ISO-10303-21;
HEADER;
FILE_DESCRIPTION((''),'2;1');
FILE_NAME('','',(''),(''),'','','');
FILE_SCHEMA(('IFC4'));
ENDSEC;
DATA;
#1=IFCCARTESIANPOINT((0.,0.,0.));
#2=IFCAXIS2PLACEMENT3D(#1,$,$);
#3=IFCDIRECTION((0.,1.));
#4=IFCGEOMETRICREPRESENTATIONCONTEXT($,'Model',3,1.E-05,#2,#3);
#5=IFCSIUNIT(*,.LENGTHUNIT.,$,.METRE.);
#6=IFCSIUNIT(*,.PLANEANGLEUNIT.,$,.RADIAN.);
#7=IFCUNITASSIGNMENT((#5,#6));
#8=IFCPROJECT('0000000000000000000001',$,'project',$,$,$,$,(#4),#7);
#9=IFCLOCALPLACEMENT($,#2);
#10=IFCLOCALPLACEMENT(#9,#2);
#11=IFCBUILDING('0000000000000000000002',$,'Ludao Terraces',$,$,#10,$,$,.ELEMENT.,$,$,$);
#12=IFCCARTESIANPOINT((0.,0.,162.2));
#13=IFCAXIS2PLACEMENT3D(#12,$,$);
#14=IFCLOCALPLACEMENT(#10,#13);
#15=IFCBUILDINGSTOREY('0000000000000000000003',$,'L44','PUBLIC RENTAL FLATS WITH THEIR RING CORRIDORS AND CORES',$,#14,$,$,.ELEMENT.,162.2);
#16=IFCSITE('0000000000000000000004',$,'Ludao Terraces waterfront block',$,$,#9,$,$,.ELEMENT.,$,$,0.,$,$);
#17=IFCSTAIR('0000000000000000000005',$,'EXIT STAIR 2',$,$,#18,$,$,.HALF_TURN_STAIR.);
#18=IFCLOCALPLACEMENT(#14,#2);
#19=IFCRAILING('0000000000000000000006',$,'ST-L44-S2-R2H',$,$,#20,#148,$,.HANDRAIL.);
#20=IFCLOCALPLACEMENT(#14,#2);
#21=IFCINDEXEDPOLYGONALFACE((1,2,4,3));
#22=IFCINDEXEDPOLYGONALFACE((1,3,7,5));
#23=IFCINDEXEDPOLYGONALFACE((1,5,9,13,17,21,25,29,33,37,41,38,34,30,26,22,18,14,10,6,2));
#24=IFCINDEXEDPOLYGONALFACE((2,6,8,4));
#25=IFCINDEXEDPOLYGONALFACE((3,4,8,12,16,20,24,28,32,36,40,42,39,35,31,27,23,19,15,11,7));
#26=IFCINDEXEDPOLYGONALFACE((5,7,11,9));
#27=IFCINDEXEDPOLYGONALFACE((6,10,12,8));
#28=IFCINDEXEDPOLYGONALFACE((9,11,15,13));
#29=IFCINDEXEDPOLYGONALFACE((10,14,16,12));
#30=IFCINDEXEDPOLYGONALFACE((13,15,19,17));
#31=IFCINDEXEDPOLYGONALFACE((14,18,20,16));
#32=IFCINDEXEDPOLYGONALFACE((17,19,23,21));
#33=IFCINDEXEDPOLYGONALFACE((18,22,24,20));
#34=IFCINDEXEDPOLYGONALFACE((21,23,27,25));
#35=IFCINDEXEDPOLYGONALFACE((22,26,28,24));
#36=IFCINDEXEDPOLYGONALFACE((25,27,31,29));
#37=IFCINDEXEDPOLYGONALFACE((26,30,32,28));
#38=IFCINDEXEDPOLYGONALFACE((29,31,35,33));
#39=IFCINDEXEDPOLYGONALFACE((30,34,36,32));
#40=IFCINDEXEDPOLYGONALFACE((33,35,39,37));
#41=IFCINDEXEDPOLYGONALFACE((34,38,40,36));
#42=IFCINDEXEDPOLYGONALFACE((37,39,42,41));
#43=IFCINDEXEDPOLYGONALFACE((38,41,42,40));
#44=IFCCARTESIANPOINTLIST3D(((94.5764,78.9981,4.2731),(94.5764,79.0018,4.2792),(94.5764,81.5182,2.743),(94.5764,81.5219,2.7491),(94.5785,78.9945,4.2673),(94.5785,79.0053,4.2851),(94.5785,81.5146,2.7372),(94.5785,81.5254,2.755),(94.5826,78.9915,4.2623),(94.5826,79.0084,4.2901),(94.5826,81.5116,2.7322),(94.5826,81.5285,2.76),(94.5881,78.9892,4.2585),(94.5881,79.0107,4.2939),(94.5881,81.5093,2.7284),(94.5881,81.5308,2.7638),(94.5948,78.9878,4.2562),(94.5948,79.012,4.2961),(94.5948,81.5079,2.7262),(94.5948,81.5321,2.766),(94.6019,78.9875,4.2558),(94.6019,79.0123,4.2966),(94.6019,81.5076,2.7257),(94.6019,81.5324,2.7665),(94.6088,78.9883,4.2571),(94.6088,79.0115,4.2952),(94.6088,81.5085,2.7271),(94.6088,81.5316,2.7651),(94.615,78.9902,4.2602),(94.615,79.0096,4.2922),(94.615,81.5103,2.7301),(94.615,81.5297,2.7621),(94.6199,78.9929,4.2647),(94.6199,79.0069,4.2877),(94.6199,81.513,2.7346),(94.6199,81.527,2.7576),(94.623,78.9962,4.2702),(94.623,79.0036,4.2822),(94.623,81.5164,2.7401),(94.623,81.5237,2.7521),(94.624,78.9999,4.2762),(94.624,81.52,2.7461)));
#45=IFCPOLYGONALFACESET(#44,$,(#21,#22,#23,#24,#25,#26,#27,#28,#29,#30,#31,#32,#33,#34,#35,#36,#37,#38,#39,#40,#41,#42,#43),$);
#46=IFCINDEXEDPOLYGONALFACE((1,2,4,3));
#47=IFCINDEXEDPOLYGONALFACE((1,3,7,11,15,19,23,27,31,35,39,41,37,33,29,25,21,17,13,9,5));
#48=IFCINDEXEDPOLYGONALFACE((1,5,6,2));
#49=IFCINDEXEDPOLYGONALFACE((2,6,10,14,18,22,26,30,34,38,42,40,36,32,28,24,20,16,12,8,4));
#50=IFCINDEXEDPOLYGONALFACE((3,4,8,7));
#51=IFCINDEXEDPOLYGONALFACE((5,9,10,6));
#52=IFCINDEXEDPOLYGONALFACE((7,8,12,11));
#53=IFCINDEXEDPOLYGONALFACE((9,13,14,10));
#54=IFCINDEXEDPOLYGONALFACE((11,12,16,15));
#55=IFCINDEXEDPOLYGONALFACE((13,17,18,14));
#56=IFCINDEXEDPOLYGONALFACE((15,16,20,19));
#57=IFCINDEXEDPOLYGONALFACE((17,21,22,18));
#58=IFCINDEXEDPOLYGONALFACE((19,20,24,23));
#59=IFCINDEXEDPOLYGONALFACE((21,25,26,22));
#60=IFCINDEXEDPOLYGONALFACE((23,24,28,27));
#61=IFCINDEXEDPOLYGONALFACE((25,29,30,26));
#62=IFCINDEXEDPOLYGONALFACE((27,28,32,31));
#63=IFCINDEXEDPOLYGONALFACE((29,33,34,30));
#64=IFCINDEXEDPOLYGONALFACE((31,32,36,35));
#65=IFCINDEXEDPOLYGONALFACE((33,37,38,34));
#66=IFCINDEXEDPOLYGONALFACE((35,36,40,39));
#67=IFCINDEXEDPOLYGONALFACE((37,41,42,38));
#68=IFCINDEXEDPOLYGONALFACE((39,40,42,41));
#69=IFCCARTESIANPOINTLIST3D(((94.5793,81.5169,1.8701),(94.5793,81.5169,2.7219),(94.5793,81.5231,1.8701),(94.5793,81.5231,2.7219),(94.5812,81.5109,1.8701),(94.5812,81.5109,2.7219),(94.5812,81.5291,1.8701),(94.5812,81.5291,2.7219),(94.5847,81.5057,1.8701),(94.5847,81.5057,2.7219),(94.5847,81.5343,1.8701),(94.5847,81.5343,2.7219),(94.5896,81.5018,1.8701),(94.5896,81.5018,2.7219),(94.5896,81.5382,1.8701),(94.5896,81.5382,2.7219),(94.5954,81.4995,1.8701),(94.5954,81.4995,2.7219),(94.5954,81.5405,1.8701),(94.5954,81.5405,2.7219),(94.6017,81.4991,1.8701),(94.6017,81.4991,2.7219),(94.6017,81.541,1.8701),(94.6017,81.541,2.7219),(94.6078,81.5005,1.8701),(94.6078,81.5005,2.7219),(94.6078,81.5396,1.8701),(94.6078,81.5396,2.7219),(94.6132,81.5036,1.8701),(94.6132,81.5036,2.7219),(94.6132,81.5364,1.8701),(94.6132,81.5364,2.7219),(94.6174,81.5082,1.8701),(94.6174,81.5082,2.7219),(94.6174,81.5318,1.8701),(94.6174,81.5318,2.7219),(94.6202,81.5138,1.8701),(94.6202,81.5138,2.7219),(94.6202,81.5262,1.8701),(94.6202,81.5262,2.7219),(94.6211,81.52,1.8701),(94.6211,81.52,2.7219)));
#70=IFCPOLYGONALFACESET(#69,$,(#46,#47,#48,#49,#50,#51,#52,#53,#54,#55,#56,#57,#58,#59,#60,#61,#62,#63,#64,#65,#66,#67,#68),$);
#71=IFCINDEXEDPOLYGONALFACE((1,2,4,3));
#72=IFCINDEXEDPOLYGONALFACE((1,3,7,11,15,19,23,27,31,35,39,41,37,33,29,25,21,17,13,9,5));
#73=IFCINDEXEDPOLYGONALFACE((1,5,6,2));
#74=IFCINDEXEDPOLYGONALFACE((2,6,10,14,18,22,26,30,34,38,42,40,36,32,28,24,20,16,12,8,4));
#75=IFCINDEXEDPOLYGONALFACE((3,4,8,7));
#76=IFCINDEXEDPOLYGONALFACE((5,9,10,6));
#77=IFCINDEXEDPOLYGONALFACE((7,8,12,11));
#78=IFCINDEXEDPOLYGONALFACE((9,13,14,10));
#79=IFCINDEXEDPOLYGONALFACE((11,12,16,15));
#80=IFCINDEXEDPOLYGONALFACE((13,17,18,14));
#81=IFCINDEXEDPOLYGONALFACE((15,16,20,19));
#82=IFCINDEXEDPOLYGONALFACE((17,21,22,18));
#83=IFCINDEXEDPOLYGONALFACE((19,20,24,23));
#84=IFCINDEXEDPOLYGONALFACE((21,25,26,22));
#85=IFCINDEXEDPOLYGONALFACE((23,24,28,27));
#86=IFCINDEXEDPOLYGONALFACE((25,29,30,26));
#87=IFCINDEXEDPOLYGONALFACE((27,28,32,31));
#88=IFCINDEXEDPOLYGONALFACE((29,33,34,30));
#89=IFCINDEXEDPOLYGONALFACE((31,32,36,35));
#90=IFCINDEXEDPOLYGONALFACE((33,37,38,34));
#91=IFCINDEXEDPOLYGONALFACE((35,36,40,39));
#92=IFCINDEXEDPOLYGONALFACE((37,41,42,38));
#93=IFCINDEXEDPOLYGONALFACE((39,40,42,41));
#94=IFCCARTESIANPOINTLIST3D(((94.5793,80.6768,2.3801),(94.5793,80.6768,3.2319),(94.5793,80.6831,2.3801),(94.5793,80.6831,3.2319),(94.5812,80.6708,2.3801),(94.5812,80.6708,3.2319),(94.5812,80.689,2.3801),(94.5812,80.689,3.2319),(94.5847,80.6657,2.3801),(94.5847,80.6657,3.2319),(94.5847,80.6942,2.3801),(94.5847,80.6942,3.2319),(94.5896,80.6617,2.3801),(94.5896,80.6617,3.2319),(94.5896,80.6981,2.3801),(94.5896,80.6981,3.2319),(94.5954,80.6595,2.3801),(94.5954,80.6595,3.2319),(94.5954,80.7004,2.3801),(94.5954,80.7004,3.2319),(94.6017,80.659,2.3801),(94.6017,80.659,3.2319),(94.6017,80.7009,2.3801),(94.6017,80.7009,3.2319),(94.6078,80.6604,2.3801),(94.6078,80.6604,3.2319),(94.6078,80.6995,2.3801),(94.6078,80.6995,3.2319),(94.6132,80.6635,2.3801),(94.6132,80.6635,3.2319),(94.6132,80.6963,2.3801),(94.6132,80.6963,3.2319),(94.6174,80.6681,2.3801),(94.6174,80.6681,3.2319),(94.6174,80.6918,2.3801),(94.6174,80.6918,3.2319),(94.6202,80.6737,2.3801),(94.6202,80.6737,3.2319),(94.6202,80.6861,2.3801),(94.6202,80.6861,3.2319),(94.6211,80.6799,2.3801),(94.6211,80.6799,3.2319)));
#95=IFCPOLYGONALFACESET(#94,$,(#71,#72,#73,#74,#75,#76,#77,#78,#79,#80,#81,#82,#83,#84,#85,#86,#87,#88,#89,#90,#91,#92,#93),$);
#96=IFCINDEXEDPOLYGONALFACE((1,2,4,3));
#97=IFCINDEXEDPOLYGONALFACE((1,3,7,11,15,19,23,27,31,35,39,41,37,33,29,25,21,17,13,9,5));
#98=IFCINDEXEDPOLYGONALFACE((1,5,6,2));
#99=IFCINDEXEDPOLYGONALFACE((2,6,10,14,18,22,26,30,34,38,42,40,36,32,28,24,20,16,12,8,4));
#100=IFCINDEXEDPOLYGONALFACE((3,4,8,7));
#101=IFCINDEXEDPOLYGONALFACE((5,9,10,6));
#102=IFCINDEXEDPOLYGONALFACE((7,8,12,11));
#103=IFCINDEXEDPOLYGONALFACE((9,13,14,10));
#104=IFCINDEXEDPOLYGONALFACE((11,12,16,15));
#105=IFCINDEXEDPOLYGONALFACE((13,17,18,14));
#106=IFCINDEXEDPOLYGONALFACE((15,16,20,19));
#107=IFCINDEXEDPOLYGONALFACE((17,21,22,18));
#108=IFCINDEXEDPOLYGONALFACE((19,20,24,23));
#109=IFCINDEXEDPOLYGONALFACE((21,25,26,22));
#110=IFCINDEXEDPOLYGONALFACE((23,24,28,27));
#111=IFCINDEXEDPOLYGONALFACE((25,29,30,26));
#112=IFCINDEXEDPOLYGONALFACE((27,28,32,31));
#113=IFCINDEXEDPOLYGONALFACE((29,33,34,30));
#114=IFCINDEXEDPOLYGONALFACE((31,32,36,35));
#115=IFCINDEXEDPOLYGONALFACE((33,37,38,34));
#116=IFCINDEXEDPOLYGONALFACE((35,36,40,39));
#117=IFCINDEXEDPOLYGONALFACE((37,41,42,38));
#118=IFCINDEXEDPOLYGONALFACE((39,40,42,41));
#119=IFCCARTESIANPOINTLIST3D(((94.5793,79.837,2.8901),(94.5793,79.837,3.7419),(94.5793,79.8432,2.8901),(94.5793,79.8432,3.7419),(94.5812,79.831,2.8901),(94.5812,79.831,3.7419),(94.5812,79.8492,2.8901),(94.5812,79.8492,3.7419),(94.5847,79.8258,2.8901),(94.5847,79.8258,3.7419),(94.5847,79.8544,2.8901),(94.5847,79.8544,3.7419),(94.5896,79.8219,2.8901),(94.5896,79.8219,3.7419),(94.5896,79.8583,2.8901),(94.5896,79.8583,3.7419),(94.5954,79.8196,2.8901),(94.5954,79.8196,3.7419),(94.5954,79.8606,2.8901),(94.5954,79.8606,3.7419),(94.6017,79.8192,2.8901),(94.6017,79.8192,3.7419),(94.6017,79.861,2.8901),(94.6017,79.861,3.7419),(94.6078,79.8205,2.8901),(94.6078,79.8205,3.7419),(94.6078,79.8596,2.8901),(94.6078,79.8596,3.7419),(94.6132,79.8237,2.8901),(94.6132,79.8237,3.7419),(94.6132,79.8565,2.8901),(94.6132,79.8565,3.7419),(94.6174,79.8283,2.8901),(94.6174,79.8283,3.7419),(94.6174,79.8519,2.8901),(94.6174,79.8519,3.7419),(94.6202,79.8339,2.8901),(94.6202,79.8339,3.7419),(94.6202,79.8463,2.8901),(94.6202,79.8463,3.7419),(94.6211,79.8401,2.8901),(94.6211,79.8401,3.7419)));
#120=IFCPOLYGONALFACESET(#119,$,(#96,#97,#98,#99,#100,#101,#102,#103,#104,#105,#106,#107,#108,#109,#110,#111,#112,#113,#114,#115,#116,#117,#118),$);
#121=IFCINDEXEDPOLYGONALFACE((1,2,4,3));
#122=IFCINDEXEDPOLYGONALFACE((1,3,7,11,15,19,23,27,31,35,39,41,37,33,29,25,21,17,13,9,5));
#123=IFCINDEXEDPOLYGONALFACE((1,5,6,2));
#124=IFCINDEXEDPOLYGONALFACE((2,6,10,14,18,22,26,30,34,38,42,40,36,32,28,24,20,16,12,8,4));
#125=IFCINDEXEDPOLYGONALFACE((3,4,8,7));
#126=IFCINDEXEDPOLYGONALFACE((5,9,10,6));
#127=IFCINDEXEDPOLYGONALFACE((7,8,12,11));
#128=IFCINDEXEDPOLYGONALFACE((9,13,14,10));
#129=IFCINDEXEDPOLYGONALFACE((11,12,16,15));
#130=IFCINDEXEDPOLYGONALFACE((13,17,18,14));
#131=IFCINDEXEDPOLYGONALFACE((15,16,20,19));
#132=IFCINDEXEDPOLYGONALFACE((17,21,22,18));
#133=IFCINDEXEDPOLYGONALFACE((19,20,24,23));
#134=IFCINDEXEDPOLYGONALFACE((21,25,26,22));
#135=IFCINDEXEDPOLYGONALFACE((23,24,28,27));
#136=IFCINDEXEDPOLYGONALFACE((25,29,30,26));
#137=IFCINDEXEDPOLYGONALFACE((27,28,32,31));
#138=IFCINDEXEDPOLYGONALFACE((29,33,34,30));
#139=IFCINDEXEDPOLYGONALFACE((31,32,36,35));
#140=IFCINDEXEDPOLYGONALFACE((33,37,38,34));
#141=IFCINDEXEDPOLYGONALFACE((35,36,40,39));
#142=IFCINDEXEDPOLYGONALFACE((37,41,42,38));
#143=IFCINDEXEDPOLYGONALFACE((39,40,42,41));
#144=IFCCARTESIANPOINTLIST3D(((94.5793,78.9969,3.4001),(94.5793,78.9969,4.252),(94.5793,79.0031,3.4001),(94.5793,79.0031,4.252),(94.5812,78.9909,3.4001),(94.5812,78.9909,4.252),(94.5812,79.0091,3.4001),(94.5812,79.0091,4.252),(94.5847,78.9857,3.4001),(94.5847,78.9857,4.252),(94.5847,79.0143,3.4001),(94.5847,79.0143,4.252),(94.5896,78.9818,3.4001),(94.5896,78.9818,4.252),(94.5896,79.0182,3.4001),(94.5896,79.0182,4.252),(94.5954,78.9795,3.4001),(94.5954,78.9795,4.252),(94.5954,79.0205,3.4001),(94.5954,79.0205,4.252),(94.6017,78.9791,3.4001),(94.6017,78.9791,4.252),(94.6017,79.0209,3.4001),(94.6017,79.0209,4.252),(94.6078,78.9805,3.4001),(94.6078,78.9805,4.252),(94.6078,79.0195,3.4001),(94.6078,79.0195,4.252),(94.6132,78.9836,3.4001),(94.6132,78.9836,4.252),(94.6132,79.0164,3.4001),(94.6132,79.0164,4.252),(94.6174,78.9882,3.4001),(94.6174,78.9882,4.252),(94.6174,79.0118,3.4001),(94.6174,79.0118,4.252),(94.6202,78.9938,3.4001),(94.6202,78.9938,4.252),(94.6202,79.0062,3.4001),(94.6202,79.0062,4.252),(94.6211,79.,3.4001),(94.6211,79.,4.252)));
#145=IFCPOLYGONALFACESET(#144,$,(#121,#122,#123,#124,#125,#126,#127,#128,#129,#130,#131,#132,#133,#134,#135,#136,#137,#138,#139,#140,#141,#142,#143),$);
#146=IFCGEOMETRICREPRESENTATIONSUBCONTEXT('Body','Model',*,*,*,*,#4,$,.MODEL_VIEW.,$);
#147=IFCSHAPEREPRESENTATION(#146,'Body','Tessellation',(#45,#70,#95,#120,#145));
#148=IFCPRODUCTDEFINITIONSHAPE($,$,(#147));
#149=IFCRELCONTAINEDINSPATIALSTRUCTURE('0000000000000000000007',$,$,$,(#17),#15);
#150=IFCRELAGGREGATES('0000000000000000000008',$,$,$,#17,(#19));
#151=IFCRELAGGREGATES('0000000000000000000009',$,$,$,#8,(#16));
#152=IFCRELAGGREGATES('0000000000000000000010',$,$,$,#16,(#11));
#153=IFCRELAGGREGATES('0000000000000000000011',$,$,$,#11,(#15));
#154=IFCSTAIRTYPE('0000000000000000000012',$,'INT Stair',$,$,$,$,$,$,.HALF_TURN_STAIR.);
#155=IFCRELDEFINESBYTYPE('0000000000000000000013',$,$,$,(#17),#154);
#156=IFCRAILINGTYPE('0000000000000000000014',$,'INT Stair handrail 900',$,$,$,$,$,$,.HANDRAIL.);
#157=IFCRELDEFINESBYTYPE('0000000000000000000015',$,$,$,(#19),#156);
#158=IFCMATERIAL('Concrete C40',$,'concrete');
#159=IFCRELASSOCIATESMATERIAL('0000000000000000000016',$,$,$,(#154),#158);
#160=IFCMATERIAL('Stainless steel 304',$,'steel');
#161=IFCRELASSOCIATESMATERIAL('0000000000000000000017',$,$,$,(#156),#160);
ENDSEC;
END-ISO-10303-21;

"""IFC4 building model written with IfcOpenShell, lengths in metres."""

from ifc_helpers import new_model, si_unit, direction, frame, origin, origin_2d, place, context, subcontext, project, spatial, circle, extrude, material, type_object, element, aggregate, save


model = new_model("IFC4")

# Units and contexts
model_context = context("Model", 3, precision=1e-05, world=origin(), true_north=direction((0.0, 1.0)))
body_context = subcontext(model_context, "Body", "Model", "MODEL_VIEW")
ifc_project = project(units=[si_unit("LENGTHUNIT", "METRE"), si_unit("PLANEANGLEUNIT", "RADIAN")], contexts=[model_context])

# Site, building, storey
site_placement = place(None, origin())
site = spatial("IfcSite", under=ifc_project, at=site_placement, Name="Ludao Terraces waterfront block", CompositionType="ELEMENT", RefElevation=0.0)
building_placement = place(site_placement, origin())
building = spatial("IfcBuilding", under=site, at=building_placement, Name="Ludao Terraces", CompositionType="ELEMENT")
storey_placement = place(building_placement, frame((0.0, 0.0, 162.2)))
storey = spatial("IfcBuildingStorey", under=building, at=storey_placement, Name="L44", Description="PUBLIC RENTAL FLATS WITH THEIR RING CORRIDORS AND CORES", CompositionType="ELEMENT", Elevation=162.2)

# Shared definitions
ifc_material_1 = material(Name="Concrete C40", Category="concrete")

# Stair, railing
stair_type = type_object("IfcStairType", Name="INT Stair", PredefinedType="HALF_TURN_STAIR", material=ifc_material_1)
stair_placement = place(storey_placement, origin())
stair = element("IfcStair", 1, at=stair_placement, inside=storey, type_object=stair_type, Name="EXIT STAIR 2", PredefinedType="HALF_TURN_STAIR")
ifc_material_2 = material(Name="Stainless steel 304", Category="steel")
railing_type = type_object("IfcRailingType", Name="INT Stair handrail 900", PredefinedType="HANDRAIL", material=ifc_material_2)
railing_placement = place(storey_placement, frame((94.6001, 81.52, 1.8701)))
railing = element("IfcRailing", 2, at=railing_placement, type_object=railing_type, Name="ST-L44-S2-R2H", PredefinedType="HANDRAIL", context=body_context, shape_type="SweptSolid", body=[
    extrude(circle(Radius=0.0239, at=origin_2d()), frame((0.0, 0.0, 0.876), z_axis=(0.0, -0.854785, 0.518982), x_axis=(1.0, 0.0, 0.0)), (0.0, 0.0, 1.0), 2.9482),
    extrude(circle(Radius=0.021, at=origin_2d()), origin(), (0.0, 0.0, 1.0), 0.8518),
    extrude(circle(Radius=0.021, at=origin_2d()), frame((0.0, -0.8401, 0.51)), (0.0, 0.0, 1.0), 0.8518),
    extrude(circle(Radius=0.021, at=origin_2d()), frame((0.0, -1.6799, 1.02)), (0.0, 0.0, 1.0), 0.8518),
    extrude(circle(Radius=0.021, at=origin_2d()), frame((0.0, -2.52, 1.53)), (0.0, 0.0, 1.0), 0.8518),
])
aggregate(stair, [railing])

save(model, "model.ifc")
